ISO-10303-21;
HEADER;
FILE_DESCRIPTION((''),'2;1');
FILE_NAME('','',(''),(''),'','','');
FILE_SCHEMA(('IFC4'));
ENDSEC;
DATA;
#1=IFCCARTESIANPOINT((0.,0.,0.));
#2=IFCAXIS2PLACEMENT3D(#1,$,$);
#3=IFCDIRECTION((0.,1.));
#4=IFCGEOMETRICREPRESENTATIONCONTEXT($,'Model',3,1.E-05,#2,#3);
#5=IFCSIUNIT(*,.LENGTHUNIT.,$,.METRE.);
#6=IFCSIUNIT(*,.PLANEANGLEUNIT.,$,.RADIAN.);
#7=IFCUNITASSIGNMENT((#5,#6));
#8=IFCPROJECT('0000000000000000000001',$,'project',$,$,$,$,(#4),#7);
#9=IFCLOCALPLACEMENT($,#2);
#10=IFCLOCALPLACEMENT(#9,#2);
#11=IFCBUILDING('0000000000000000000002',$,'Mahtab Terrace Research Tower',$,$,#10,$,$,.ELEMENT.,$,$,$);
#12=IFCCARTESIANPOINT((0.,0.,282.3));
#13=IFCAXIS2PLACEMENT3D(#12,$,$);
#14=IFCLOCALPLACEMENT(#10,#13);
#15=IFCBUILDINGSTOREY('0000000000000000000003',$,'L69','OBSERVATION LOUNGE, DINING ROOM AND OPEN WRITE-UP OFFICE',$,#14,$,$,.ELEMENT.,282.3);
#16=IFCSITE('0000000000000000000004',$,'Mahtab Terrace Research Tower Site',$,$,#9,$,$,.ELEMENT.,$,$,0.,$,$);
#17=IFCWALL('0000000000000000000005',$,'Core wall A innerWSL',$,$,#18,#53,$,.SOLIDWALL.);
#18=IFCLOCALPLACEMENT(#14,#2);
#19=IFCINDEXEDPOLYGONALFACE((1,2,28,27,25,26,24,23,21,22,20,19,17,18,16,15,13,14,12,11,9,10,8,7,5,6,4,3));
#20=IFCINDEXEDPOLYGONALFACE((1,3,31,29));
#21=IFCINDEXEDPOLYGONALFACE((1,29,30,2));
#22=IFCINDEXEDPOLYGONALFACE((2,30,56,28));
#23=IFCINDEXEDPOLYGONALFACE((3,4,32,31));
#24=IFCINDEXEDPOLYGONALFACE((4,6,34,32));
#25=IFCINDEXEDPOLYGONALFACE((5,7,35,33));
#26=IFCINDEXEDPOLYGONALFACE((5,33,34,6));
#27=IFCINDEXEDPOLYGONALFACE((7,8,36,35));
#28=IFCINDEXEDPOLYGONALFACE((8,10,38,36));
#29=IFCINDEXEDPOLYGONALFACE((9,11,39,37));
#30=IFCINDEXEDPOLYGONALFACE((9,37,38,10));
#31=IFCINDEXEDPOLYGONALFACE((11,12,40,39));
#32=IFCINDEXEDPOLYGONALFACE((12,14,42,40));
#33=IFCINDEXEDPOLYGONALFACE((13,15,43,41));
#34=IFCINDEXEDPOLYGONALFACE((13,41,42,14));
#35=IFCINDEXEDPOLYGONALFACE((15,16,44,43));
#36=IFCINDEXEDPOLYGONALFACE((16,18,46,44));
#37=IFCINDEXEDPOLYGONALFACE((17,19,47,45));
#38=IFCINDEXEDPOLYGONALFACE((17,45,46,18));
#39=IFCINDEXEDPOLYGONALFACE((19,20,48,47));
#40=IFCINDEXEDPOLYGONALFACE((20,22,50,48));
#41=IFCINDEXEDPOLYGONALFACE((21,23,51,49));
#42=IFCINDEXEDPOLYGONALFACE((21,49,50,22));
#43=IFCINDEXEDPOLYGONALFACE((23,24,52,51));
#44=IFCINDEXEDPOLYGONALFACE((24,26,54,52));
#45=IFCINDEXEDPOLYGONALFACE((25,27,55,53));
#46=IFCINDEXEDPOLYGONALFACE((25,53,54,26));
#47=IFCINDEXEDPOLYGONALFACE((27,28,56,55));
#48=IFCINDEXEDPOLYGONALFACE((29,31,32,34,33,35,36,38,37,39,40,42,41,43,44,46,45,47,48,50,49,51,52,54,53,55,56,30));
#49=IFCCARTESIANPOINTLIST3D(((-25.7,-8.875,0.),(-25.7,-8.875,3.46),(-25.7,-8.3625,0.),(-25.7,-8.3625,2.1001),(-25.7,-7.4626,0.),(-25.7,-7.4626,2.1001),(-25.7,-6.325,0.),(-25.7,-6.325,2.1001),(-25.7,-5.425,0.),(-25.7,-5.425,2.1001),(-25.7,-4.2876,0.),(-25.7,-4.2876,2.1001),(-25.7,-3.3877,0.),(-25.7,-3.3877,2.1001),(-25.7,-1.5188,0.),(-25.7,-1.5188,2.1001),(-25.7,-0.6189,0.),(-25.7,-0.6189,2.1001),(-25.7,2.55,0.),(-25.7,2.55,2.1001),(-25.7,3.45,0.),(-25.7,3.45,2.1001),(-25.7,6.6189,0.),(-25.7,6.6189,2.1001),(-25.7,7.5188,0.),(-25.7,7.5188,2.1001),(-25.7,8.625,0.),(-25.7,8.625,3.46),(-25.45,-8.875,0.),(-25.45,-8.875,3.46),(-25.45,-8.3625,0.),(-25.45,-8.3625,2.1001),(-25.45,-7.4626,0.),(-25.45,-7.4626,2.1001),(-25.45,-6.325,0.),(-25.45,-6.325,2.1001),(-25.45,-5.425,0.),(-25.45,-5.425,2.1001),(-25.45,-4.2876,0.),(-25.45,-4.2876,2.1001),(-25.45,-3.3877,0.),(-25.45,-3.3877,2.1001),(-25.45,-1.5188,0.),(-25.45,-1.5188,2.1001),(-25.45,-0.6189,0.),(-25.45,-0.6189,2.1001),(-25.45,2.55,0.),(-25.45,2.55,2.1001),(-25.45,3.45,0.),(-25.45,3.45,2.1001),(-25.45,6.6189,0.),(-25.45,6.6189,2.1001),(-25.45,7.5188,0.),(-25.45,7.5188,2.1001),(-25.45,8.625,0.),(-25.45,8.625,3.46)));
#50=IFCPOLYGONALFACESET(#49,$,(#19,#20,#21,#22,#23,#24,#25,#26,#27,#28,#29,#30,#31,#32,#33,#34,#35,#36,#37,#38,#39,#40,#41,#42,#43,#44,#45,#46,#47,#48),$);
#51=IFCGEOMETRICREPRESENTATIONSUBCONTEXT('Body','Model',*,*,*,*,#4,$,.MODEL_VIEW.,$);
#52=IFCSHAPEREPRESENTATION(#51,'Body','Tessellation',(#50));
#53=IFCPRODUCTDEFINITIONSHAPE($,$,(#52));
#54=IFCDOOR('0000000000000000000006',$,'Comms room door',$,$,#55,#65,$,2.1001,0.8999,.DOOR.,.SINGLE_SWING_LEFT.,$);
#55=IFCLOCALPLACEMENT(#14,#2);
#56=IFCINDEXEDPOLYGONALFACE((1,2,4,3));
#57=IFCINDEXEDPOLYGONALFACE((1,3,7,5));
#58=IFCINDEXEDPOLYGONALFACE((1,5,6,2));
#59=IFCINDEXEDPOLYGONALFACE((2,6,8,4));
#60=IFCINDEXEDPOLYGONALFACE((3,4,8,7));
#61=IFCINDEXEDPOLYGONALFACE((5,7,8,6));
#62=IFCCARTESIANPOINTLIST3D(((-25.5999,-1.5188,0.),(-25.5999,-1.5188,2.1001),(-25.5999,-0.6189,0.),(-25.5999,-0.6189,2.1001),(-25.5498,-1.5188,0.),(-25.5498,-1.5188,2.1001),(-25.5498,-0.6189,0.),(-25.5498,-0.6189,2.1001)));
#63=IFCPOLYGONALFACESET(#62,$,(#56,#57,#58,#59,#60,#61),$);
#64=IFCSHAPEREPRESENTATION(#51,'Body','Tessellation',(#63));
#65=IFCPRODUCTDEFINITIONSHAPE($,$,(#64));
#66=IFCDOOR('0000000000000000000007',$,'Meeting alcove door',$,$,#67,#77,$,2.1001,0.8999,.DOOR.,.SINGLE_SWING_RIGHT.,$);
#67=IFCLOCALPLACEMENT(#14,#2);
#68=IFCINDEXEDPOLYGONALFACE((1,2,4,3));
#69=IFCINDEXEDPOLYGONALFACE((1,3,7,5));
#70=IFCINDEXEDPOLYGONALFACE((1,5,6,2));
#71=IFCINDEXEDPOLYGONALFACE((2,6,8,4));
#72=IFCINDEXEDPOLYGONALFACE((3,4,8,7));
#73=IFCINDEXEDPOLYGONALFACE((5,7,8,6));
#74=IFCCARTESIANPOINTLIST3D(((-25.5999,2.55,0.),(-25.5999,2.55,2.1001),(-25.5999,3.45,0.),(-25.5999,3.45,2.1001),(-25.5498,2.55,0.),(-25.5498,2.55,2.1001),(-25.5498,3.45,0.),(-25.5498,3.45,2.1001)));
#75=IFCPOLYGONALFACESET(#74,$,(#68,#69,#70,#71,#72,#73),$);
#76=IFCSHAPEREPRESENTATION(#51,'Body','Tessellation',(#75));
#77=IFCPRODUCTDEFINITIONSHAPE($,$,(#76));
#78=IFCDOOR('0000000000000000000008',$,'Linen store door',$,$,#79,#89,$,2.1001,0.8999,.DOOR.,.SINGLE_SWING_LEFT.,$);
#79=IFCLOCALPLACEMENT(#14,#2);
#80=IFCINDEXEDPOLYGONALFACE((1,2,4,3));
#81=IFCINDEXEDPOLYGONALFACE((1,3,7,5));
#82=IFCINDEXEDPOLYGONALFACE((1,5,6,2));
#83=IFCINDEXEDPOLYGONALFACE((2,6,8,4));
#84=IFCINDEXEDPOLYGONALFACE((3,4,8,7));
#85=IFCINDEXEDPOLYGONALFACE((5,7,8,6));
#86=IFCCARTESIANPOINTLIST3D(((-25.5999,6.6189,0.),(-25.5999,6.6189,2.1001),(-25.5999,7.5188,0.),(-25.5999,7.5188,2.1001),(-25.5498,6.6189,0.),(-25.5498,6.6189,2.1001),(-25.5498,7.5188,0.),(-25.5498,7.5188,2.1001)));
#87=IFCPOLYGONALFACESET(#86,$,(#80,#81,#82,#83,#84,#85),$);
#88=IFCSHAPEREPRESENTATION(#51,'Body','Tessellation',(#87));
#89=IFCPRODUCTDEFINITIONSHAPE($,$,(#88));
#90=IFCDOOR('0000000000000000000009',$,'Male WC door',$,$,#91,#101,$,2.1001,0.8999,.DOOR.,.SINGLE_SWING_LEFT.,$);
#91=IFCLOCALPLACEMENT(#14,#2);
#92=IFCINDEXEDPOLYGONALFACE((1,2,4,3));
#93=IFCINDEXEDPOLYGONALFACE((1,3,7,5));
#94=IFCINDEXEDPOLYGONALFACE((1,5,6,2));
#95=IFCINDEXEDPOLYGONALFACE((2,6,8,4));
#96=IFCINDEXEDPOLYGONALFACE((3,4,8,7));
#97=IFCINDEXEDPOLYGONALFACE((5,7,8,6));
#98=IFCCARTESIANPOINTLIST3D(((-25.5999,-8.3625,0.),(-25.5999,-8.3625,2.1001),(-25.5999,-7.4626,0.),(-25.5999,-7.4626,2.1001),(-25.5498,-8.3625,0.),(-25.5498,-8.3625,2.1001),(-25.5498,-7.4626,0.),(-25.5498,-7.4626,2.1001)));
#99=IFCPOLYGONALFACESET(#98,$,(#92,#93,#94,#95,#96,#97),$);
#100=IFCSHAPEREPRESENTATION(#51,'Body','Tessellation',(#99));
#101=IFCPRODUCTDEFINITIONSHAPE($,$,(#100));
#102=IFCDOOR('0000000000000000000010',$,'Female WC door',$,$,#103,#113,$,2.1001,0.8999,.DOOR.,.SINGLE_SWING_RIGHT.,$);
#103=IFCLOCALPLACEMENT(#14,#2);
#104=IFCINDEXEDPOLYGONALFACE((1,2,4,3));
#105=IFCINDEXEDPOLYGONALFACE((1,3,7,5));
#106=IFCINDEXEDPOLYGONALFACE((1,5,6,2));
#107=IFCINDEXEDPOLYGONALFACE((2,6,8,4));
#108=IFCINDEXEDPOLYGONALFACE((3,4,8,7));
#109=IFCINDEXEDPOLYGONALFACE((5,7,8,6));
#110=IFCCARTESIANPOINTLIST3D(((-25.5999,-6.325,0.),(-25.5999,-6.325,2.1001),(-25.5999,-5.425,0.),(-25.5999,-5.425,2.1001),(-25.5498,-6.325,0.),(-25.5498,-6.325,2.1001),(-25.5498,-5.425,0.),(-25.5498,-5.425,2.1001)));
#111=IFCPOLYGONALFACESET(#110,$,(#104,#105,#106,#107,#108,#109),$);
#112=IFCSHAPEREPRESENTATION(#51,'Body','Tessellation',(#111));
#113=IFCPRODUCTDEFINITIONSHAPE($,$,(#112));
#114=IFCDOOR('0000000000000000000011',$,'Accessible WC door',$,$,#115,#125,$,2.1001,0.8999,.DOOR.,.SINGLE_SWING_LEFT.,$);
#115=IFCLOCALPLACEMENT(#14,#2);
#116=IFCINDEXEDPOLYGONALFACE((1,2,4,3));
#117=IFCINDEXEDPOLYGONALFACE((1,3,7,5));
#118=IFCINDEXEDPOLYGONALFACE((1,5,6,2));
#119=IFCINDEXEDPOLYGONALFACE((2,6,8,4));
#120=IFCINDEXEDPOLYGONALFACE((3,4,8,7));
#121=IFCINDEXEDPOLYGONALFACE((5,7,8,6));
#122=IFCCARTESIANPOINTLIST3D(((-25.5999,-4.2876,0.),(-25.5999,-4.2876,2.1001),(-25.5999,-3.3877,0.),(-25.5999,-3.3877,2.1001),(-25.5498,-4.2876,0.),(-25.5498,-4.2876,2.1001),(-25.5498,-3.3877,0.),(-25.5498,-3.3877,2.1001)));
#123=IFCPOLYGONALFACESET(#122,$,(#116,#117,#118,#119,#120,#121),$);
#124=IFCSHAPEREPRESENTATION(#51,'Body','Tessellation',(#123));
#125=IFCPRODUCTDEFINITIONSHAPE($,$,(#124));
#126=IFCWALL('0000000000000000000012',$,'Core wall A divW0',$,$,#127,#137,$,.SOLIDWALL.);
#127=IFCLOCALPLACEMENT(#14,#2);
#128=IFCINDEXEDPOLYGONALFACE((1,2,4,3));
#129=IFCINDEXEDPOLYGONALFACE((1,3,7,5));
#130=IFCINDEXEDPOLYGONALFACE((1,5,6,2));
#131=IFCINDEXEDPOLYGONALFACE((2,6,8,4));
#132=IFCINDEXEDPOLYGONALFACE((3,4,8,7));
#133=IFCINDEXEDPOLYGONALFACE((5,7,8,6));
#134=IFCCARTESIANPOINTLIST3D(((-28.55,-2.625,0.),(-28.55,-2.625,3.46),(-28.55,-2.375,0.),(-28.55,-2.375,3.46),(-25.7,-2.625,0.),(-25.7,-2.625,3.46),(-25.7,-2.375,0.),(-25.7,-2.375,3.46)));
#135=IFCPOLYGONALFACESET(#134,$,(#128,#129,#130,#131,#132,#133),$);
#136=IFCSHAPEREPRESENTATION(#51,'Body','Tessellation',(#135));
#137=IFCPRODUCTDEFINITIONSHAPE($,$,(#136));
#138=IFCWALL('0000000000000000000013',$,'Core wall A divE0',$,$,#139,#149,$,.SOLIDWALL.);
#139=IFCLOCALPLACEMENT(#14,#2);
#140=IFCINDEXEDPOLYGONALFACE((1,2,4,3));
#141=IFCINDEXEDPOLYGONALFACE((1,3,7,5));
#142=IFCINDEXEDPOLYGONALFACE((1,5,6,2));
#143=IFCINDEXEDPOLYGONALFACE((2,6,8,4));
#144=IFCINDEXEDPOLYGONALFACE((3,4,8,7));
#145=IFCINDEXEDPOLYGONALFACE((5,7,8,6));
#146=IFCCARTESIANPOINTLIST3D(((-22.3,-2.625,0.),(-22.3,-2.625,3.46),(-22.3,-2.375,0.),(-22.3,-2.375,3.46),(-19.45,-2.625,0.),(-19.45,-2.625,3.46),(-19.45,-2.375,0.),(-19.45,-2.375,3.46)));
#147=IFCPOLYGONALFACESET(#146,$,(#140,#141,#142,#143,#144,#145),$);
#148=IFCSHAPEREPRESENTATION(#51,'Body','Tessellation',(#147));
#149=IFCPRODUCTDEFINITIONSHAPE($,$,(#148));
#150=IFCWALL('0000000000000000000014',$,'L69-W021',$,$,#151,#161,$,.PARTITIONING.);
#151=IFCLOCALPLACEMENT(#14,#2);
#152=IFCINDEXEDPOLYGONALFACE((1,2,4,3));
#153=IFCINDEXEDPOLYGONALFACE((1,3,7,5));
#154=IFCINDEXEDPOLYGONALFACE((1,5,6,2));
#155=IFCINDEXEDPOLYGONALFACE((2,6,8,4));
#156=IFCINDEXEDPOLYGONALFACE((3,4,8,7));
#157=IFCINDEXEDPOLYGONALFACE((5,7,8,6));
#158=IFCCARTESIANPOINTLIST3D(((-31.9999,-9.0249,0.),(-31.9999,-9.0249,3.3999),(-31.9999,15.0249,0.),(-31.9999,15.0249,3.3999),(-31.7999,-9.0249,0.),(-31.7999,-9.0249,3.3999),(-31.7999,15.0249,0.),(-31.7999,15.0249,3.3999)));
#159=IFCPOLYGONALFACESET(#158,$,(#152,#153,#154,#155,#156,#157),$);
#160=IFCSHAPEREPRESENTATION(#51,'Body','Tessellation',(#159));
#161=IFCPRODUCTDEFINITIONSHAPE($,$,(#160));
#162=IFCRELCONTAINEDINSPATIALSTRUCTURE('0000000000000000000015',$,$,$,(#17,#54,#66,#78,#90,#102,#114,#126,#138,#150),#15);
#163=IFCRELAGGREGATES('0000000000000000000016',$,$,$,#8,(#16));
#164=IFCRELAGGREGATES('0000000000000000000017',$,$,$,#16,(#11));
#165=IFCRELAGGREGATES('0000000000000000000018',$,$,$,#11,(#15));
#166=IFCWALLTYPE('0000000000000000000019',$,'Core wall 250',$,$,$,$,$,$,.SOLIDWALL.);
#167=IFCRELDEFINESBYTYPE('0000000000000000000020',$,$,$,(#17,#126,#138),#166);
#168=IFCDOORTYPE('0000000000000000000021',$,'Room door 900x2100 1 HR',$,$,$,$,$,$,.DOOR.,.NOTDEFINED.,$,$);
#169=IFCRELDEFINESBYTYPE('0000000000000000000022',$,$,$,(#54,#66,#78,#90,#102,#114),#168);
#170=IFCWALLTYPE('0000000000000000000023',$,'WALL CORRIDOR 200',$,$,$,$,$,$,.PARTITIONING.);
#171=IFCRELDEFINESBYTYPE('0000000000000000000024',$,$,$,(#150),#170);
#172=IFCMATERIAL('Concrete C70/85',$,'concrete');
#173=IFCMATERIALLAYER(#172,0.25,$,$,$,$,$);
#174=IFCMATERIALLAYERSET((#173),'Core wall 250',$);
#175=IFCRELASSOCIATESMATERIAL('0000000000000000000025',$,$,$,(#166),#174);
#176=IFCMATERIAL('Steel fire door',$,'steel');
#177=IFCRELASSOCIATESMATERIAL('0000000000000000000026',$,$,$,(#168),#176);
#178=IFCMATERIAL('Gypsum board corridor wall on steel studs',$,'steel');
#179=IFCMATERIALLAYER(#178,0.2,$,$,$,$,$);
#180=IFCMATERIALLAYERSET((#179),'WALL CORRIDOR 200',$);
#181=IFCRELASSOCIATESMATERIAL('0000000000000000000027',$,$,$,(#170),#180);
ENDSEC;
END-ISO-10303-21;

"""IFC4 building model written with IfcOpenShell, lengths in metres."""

from ifc_helpers import new_model, si_unit, direction, frame, frame_2d, origin, place, context, subcontext, project, spatial, rectangle, extrude, material, layer, layer_set, type_object, element, fill, save


model = new_model("IFC4")

# Units and contexts
model_context = context("Model", 3, precision=1e-05, world=origin(), true_north=direction((0.0, 1.0)))
body_context = subcontext(model_context, "Body", "Model", "MODEL_VIEW")
ifc_project = project(units=[si_unit("LENGTHUNIT", "METRE"), si_unit("PLANEANGLEUNIT", "RADIAN")], contexts=[model_context])

# Site, building, storey
site_placement = place(None, origin())
site = spatial("IfcSite", under=ifc_project, at=site_placement, Name="Mahtab Terrace Research Tower Site", CompositionType="ELEMENT", RefElevation=0.0)
building_placement = place(site_placement, origin())
building = spatial("IfcBuilding", under=site, at=building_placement, Name="Mahtab Terrace Research Tower", CompositionType="ELEMENT")
storey_placement = place(building_placement, frame((0.0, 0.0, 282.3)))
storey = spatial("IfcBuildingStorey", under=building, at=storey_placement, Name="L69", Description="OBSERVATION LOUNGE, DINING ROOM AND OPEN WRITE-UP OFFICE", CompositionType="ELEMENT", Elevation=282.3)

# Shared definitions
ifc_material_1 = material(Name="Concrete C70/85", Category="concrete")

# Wall, openings, doors
ifc_layer_1 = layer(ifc_material_1, 0.25)
ifc_layer_set_1 = layer_set([ifc_layer_1], Name="Core wall 250")
wall_type_1 = type_object("IfcWallType", Name="Core wall 250", PredefinedType="SOLIDWALL", material=ifc_layer_set_1)
wall_1_placement = place(storey_placement, frame((-25.575, -8.875, 0.0), z_axis=(0.0, 0.0, 1.0), x_axis=(0.0, 1.0, 0.0)))
wall_1 = element("IfcWall", 1, at=wall_1_placement, inside=storey, type_object=wall_type_1, Name="Core wall A innerWSL", PredefinedType="SOLIDWALL", context=body_context, shape_type="SweptSolid", body=[
    extrude(rectangle(XDim=17.5, YDim=0.25, at=frame_2d((8.75, 0.0))), origin(), (0.0, 0.0, 1.0), 3.46),
])
opening_1_placement = place(wall_1_placement, frame((7.3562, 0.0, 0.0)))
opening_1 = element("IfcOpeningElement", 2, at=opening_1_placement, cuts=wall_1, PredefinedType="OPENING", context=body_context, shape_type="SweptSolid", body=[
    extrude(rectangle(XDim=0.8999, YDim=2.1001, at=frame_2d((0.45, 1.05))), frame((0.0, 0.135, 0.0), z_axis=(0.0, -1.0, 0.0), x_axis=(1.0, 0.0, 0.0)), (0.0, 0.0, 1.0), 0.27),
])
opening_2_placement = place(wall_1_placement, frame((11.425, 0.0, 0.0)))
opening_2 = element("IfcOpeningElement", 3, at=opening_2_placement, cuts=wall_1, PredefinedType="OPENING", context=body_context, shape_type="SweptSolid", body=[
    extrude(rectangle(XDim=0.8999, YDim=2.1001, at=frame_2d((0.45, 1.05))), frame((0.0, 0.135, 0.0), z_axis=(0.0, -1.0, 0.0), x_axis=(1.0, 0.0, 0.0)), (0.0, 0.0, 1.0), 0.27),
])
opening_3_placement = place(wall_1_placement, frame((15.4939, 0.0, 0.0)))
opening_3 = element("IfcOpeningElement", 4, at=opening_3_placement, cuts=wall_1, PredefinedType="OPENING", context=body_context, shape_type="SweptSolid", body=[
    extrude(rectangle(XDim=0.8999, YDim=2.1001, at=frame_2d((0.45, 1.05))), frame((0.0, 0.135, 0.0), z_axis=(0.0, -1.0, 0.0), x_axis=(1.0, 0.0, 0.0)), (0.0, 0.0, 1.0), 0.27),
])
opening_4_placement = place(wall_1_placement, frame((0.5125, 0.0, 0.0)))
opening_4 = element("IfcOpeningElement", 5, at=opening_4_placement, cuts=wall_1, PredefinedType="OPENING", context=body_context, shape_type="SweptSolid", body=[
    extrude(rectangle(XDim=0.8999, YDim=2.1001, at=frame_2d((0.45, 1.05))), frame((0.0, 0.135, 0.0), z_axis=(0.0, -1.0, 0.0), x_axis=(1.0, 0.0, 0.0)), (0.0, 0.0, 1.0), 0.27),
])
opening_5_placement = place(wall_1_placement, frame((2.55, 0.0, 0.0)))
opening_5 = element("IfcOpeningElement", 6, at=opening_5_placement, cuts=wall_1, PredefinedType="OPENING", context=body_context, shape_type="SweptSolid", body=[
    extrude(rectangle(XDim=0.8999, YDim=2.1001, at=frame_2d((0.45, 1.05))), frame((0.0, 0.135, 0.0), z_axis=(0.0, -1.0, 0.0), x_axis=(1.0, 0.0, 0.0)), (0.0, 0.0, 1.0), 0.27),
])
opening_6_placement = place(wall_1_placement, frame((4.5874, 0.0, 0.0)))
opening_6 = element("IfcOpeningElement", 7, at=opening_6_placement, cuts=wall_1, PredefinedType="OPENING", context=body_context, shape_type="SweptSolid", body=[
    extrude(rectangle(XDim=0.8999, YDim=2.1001, at=frame_2d((0.45, 1.05))), frame((0.0, 0.135, 0.0), z_axis=(0.0, -1.0, 0.0), x_axis=(1.0, 0.0, 0.0)), (0.0, 0.0, 1.0), 0.27),
])
ifc_material_2 = material(Name="Steel fire door", Category="steel")
door_type = type_object("IfcDoorType", Name="Room door 900x2100 1 HR", OperationType="NOTDEFINED", PredefinedType="DOOR", material=ifc_material_2)
door_1_placement = place(opening_1_placement, origin())
door_1 = element("IfcDoor", 8, at=door_1_placement, inside=storey, type_object=door_type, Name="Comms room door", OperationType="SINGLE_SWING_LEFT", OverallHeight=2.1001, OverallWidth=0.8999, PredefinedType="DOOR", context=body_context, shape_type="SweptSolid", body=[
    extrude(rectangle(XDim=0.8999, YDim=2.1001, at=frame_2d((0.45, 1.05))), frame((0.0, 0.0249, 0.0), z_axis=(0.0, -1.0, 0.0), x_axis=(1.0, 0.0, 0.0)), (0.0, 0.0, 1.0), 0.05),
])
fill(opening_1, door_1)
door_2_placement = place(opening_2_placement, origin())
door_2 = element("IfcDoor", 9, at=door_2_placement, inside=storey, type_object=door_type, Name="Meeting alcove door", OperationType="SINGLE_SWING_RIGHT", OverallHeight=2.1001, OverallWidth=0.8999, PredefinedType="DOOR", context=body_context, shape_type="SweptSolid", body=[
    extrude(rectangle(XDim=0.8999, YDim=2.1001, at=frame_2d((0.45, 1.05))), frame((0.0, 0.0249, 0.0), z_axis=(0.0, -1.0, 0.0), x_axis=(1.0, 0.0, 0.0)), (0.0, 0.0, 1.0), 0.05),
])
fill(opening_2, door_2)
door_3_placement = place(opening_3_placement, origin())
door_3 = element("IfcDoor", 10, at=door_3_placement, inside=storey, type_object=door_type, Name="Linen store door", OperationType="SINGLE_SWING_LEFT", OverallHeight=2.1001, OverallWidth=0.8999, PredefinedType="DOOR", context=body_context, shape_type="SweptSolid", body=[
    extrude(rectangle(XDim=0.8999, YDim=2.1001, at=frame_2d((0.45, 1.05))), frame((0.0, 0.0249, 0.0), z_axis=(0.0, -1.0, 0.0), x_axis=(1.0, 0.0, 0.0)), (0.0, 0.0, 1.0), 0.05),
])
fill(opening_3, door_3)
door_4_placement = place(opening_4_placement, origin())
door_4 = element("IfcDoor", 11, at=door_4_placement, inside=storey, type_object=door_type, Name="Male WC door", OperationType="SINGLE_SWING_LEFT", OverallHeight=2.1001, OverallWidth=0.8999, PredefinedType="DOOR", context=body_context, shape_type="SweptSolid", body=[
    extrude(rectangle(XDim=0.8999, YDim=2.1001, at=frame_2d((0.45, 1.05))), frame((0.0, 0.0249, 0.0), z_axis=(0.0, -1.0, 0.0), x_axis=(1.0, 0.0, 0.0)), (0.0, 0.0, 1.0), 0.05),
])
fill(opening_4, door_4)
door_5_placement = place(opening_5_placement, origin())
door_5 = element("IfcDoor", 12, at=door_5_placement, inside=storey, type_object=door_type, Name="Female WC door", OperationType="SINGLE_SWING_RIGHT", OverallHeight=2.1001, OverallWidth=0.8999, PredefinedType="DOOR", context=body_context, shape_type="SweptSolid", body=[
    extrude(rectangle(XDim=0.8999, YDim=2.1001, at=frame_2d((0.45, 1.05))), frame((0.0, 0.0249, 0.0), z_axis=(0.0, -1.0, 0.0), x_axis=(1.0, 0.0, 0.0)), (0.0, 0.0, 1.0), 0.05),
])
fill(opening_5, door_5)
door_6_placement = place(opening_6_placement, origin())
door_6 = element("IfcDoor", 13, at=door_6_placement, inside=storey, type_object=door_type, Name="Accessible WC door", OperationType="SINGLE_SWING_LEFT", OverallHeight=2.1001, OverallWidth=0.8999, PredefinedType="DOOR", context=body_context, shape_type="SweptSolid", body=[
    extrude(rectangle(XDim=0.8999, YDim=2.1001, at=frame_2d((0.45, 1.05))), frame((0.0, 0.0249, 0.0), z_axis=(0.0, -1.0, 0.0), x_axis=(1.0, 0.0, 0.0)), (0.0, 0.0, 1.0), 0.05),
])
fill(opening_6, door_6)

# Walls
for number, where, z_axis, x_axis, name in (
    (14, (-28.55, -2.5, 0.0), (0.0, 0.0, 1.0), (1.0, 0.0, 0.0), "Core wall A divW0"),
    (15, (-22.3, -2.5, 0.0), (0.0, 0.0, 1.0), (1.0, 0.0, 0.0), "Core wall A divE0"),
):
    element("IfcWall", number, at=place(storey_placement, frame(where, z_axis=z_axis, x_axis=x_axis)), inside=storey, type_object=wall_type_1, Name=name, PredefinedType="SOLIDWALL", context=body_context, shape_type="SweptSolid", body=[
        extrude(rectangle(XDim=2.8501, YDim=0.25, at=frame_2d((1.425, 0.0))), origin(), (0.0, 0.0, 1.0), 3.46),
    ])
ifc_material_3 = material(Name="Gypsum board corridor wall on steel studs", Category="steel")
ifc_layer_2 = layer(ifc_material_3, 0.2)
ifc_layer_set_2 = layer_set([ifc_layer_2], Name="WALL CORRIDOR 200")
wall_type_2 = type_object("IfcWallType", Name="WALL CORRIDOR 200", PredefinedType="PARTITIONING", material=ifc_layer_set_2)
wall_2_placement = place(storey_placement, frame((-31.8999, -9.0249, 0.0), z_axis=(0.0, 0.0, 1.0), x_axis=(0.0, 1.0, 0.0)))
element("IfcWall", 16, at=wall_2_placement, inside=storey, type_object=wall_type_2, Name="L69-W021", PredefinedType="PARTITIONING", context=body_context, shape_type="SweptSolid", body=[
    extrude(rectangle(XDim=24.0498, YDim=0.2, at=frame_2d((12.0249, 0.0))), origin(), (0.0, 0.0, 1.0), 3.3999),
])

save(model, "model.ifc")
